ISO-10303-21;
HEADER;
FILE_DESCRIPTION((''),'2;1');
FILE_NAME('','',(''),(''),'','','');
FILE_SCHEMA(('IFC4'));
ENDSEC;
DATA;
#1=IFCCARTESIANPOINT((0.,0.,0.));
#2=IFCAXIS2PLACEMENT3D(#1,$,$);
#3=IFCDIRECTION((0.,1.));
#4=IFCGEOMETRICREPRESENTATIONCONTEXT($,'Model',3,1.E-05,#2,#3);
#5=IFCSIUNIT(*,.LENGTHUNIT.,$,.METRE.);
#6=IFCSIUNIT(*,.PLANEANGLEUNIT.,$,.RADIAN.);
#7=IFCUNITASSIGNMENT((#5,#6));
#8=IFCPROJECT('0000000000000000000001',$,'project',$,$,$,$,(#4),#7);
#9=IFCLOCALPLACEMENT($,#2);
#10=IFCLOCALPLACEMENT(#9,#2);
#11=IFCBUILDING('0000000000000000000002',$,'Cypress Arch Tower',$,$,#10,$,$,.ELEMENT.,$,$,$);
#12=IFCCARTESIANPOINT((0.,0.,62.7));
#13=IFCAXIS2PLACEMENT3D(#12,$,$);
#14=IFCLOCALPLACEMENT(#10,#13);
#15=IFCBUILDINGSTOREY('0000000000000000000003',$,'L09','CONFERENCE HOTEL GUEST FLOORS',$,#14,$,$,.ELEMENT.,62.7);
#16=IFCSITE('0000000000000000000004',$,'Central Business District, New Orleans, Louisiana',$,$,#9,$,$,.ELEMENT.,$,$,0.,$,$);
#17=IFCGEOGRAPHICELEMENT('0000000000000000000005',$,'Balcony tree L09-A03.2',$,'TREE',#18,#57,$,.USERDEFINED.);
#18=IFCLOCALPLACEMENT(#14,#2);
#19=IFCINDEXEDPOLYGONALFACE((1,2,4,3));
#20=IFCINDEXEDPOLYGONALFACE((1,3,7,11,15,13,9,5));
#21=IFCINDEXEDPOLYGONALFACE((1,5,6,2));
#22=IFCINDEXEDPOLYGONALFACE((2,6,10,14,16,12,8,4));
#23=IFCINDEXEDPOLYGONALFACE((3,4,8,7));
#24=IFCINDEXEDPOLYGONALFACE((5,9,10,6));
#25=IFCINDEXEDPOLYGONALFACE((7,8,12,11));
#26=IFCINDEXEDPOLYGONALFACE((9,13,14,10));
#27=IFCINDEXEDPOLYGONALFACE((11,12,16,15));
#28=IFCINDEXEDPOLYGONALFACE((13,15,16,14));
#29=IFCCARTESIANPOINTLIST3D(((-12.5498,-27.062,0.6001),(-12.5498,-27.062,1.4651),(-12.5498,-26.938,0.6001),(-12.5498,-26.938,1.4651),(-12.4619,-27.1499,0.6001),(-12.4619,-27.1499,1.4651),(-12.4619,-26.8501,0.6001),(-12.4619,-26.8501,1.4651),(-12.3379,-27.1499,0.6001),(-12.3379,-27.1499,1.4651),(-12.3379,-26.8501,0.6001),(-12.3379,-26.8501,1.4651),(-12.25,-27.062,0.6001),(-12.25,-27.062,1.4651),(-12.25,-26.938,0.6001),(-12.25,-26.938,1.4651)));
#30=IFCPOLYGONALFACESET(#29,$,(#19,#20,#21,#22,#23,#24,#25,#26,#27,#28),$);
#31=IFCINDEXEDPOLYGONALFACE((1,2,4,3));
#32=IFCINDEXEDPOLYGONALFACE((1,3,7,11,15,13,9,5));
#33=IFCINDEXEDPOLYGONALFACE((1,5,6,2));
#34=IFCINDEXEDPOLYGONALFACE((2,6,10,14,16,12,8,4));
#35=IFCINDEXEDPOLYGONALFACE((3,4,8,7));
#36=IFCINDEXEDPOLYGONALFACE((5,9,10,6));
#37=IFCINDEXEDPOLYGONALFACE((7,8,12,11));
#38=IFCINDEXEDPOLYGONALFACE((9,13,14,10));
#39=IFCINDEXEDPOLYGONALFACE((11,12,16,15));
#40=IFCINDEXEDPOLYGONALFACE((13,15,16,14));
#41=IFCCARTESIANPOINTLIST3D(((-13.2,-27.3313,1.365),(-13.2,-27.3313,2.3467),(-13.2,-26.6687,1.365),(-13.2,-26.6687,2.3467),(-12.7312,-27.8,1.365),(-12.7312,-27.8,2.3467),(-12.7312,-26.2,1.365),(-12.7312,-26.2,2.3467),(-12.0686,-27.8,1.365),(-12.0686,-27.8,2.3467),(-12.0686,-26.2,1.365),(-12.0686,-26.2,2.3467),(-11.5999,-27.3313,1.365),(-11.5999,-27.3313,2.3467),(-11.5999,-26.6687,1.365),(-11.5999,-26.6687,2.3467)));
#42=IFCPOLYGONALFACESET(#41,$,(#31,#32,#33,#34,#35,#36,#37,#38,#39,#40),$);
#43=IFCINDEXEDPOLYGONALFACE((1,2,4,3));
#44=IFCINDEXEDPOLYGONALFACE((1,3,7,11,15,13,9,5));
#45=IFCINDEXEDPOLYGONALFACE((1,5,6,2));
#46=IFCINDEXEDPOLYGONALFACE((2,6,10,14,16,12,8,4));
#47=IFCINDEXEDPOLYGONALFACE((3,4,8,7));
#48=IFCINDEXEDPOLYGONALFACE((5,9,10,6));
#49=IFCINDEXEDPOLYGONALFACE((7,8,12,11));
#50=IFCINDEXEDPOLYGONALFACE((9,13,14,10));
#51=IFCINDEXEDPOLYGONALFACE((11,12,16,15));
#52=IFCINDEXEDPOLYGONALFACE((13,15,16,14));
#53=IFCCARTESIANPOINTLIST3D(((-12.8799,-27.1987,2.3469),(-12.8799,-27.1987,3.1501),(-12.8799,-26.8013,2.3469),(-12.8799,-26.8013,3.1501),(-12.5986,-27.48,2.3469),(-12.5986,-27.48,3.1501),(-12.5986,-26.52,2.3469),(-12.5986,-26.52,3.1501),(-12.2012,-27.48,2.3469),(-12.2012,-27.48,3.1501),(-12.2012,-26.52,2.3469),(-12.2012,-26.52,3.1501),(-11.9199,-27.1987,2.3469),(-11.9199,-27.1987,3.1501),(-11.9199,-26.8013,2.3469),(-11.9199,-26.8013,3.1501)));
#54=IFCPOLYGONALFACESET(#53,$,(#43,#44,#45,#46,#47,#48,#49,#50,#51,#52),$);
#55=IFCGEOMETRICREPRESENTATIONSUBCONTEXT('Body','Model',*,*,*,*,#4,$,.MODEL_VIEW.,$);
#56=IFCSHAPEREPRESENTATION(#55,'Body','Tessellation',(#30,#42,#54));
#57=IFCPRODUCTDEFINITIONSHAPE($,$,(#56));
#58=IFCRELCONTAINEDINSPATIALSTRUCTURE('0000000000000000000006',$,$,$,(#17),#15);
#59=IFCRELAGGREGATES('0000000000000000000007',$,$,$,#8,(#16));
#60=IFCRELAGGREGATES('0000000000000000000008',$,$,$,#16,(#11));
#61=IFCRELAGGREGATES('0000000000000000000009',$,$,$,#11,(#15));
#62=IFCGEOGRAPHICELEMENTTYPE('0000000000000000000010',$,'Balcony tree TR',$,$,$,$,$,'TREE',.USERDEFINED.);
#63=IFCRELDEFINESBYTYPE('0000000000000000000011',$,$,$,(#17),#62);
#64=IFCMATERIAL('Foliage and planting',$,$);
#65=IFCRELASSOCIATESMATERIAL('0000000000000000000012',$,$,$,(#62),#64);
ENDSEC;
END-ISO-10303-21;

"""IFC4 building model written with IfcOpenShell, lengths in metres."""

from ifc_helpers import new_model, si_unit, direction, frame, origin, place, context, subcontext, project, spatial, polyline, outline, extrude, material, type_object, element, save


model = new_model("IFC4")

# Units and contexts
model_context = context("Model", 3, precision=1e-05, world=origin(), true_north=direction((0.0, 1.0)))
body_context = subcontext(model_context, "Body", "Model", "MODEL_VIEW")
ifc_project = project(units=[si_unit("LENGTHUNIT", "METRE"), si_unit("PLANEANGLEUNIT", "RADIAN")], contexts=[model_context])

# Site, building, storey
site_placement = place(None, origin())
site = spatial("IfcSite", under=ifc_project, at=site_placement, Name="Central Business District, New Orleans, Louisiana", CompositionType="ELEMENT", RefElevation=0.0)
building_placement = place(site_placement, origin())
building = spatial("IfcBuilding", under=site, at=building_placement, Name="Cypress Arch Tower", CompositionType="ELEMENT")
storey_placement = place(building_placement, frame((0.0, 0.0, 62.7)))
storey = spatial("IfcBuildingStorey", under=building, at=storey_placement, Name="L09", Description="CONFERENCE HOTEL GUEST FLOORS", CompositionType="ELEMENT", Elevation=62.7)

# Geographic element
ifc_material_1 = material(Name="Foliage and planting")
geographic_element_type = type_object("IfcGeographicElementType", Name="Balcony tree TR", ElementType="TREE", PredefinedType="USERDEFINED", material=ifc_material_1)
geographic_element_placement = place(storey_placement, frame((-12.3999, -27.0, 0.6001), z_axis=(0.0, 0.0, 1.0), x_axis=(1.0, 0.0, 0.0)))
element("IfcGeographicElement", 1, at=geographic_element_placement, inside=storey, type_object=geographic_element_type, Name="Balcony tree L09-A03.2", ObjectType="TREE", PredefinedType="USERDEFINED", context=body_context, shape_type="SweptSolid", body=[
    extrude(outline(polyline([(0.1499, 0.062), (0.062, 0.1499), (-0.062, 0.1499), (-0.1499, 0.062), (-0.1499, -0.062), (-0.062, -0.1499), (0.062, -0.1499), (0.1499, -0.062), (0.1499, 0.062)])), origin(), (0.0, 0.0, 1.0), 0.865),
    extrude(outline(polyline([(0.8, 0.3313), (0.3313, 0.8), (-0.3313, 0.8), (-0.8, 0.3313), (-0.8, -0.3313), (-0.3313, -0.8), (0.3313, -0.8), (0.8, -0.3313), (0.8, 0.3313)])), frame((0.0, 0.0, 0.7649)), (0.0, 0.0, 1.0), 0.9817),
    extrude(outline(polyline([(0.48, 0.1987), (0.1987, 0.48), (-0.1987, 0.48), (-0.48, 0.1987), (-0.48, -0.1987), (-0.1987, -0.48), (0.1987, -0.48), (0.48, -0.1987), (0.48, 0.1987)])), frame((0.0, 0.0, 1.7468)), (0.0, 0.0, 1.0), 0.8032),
])

save(model, "model.ifc")
